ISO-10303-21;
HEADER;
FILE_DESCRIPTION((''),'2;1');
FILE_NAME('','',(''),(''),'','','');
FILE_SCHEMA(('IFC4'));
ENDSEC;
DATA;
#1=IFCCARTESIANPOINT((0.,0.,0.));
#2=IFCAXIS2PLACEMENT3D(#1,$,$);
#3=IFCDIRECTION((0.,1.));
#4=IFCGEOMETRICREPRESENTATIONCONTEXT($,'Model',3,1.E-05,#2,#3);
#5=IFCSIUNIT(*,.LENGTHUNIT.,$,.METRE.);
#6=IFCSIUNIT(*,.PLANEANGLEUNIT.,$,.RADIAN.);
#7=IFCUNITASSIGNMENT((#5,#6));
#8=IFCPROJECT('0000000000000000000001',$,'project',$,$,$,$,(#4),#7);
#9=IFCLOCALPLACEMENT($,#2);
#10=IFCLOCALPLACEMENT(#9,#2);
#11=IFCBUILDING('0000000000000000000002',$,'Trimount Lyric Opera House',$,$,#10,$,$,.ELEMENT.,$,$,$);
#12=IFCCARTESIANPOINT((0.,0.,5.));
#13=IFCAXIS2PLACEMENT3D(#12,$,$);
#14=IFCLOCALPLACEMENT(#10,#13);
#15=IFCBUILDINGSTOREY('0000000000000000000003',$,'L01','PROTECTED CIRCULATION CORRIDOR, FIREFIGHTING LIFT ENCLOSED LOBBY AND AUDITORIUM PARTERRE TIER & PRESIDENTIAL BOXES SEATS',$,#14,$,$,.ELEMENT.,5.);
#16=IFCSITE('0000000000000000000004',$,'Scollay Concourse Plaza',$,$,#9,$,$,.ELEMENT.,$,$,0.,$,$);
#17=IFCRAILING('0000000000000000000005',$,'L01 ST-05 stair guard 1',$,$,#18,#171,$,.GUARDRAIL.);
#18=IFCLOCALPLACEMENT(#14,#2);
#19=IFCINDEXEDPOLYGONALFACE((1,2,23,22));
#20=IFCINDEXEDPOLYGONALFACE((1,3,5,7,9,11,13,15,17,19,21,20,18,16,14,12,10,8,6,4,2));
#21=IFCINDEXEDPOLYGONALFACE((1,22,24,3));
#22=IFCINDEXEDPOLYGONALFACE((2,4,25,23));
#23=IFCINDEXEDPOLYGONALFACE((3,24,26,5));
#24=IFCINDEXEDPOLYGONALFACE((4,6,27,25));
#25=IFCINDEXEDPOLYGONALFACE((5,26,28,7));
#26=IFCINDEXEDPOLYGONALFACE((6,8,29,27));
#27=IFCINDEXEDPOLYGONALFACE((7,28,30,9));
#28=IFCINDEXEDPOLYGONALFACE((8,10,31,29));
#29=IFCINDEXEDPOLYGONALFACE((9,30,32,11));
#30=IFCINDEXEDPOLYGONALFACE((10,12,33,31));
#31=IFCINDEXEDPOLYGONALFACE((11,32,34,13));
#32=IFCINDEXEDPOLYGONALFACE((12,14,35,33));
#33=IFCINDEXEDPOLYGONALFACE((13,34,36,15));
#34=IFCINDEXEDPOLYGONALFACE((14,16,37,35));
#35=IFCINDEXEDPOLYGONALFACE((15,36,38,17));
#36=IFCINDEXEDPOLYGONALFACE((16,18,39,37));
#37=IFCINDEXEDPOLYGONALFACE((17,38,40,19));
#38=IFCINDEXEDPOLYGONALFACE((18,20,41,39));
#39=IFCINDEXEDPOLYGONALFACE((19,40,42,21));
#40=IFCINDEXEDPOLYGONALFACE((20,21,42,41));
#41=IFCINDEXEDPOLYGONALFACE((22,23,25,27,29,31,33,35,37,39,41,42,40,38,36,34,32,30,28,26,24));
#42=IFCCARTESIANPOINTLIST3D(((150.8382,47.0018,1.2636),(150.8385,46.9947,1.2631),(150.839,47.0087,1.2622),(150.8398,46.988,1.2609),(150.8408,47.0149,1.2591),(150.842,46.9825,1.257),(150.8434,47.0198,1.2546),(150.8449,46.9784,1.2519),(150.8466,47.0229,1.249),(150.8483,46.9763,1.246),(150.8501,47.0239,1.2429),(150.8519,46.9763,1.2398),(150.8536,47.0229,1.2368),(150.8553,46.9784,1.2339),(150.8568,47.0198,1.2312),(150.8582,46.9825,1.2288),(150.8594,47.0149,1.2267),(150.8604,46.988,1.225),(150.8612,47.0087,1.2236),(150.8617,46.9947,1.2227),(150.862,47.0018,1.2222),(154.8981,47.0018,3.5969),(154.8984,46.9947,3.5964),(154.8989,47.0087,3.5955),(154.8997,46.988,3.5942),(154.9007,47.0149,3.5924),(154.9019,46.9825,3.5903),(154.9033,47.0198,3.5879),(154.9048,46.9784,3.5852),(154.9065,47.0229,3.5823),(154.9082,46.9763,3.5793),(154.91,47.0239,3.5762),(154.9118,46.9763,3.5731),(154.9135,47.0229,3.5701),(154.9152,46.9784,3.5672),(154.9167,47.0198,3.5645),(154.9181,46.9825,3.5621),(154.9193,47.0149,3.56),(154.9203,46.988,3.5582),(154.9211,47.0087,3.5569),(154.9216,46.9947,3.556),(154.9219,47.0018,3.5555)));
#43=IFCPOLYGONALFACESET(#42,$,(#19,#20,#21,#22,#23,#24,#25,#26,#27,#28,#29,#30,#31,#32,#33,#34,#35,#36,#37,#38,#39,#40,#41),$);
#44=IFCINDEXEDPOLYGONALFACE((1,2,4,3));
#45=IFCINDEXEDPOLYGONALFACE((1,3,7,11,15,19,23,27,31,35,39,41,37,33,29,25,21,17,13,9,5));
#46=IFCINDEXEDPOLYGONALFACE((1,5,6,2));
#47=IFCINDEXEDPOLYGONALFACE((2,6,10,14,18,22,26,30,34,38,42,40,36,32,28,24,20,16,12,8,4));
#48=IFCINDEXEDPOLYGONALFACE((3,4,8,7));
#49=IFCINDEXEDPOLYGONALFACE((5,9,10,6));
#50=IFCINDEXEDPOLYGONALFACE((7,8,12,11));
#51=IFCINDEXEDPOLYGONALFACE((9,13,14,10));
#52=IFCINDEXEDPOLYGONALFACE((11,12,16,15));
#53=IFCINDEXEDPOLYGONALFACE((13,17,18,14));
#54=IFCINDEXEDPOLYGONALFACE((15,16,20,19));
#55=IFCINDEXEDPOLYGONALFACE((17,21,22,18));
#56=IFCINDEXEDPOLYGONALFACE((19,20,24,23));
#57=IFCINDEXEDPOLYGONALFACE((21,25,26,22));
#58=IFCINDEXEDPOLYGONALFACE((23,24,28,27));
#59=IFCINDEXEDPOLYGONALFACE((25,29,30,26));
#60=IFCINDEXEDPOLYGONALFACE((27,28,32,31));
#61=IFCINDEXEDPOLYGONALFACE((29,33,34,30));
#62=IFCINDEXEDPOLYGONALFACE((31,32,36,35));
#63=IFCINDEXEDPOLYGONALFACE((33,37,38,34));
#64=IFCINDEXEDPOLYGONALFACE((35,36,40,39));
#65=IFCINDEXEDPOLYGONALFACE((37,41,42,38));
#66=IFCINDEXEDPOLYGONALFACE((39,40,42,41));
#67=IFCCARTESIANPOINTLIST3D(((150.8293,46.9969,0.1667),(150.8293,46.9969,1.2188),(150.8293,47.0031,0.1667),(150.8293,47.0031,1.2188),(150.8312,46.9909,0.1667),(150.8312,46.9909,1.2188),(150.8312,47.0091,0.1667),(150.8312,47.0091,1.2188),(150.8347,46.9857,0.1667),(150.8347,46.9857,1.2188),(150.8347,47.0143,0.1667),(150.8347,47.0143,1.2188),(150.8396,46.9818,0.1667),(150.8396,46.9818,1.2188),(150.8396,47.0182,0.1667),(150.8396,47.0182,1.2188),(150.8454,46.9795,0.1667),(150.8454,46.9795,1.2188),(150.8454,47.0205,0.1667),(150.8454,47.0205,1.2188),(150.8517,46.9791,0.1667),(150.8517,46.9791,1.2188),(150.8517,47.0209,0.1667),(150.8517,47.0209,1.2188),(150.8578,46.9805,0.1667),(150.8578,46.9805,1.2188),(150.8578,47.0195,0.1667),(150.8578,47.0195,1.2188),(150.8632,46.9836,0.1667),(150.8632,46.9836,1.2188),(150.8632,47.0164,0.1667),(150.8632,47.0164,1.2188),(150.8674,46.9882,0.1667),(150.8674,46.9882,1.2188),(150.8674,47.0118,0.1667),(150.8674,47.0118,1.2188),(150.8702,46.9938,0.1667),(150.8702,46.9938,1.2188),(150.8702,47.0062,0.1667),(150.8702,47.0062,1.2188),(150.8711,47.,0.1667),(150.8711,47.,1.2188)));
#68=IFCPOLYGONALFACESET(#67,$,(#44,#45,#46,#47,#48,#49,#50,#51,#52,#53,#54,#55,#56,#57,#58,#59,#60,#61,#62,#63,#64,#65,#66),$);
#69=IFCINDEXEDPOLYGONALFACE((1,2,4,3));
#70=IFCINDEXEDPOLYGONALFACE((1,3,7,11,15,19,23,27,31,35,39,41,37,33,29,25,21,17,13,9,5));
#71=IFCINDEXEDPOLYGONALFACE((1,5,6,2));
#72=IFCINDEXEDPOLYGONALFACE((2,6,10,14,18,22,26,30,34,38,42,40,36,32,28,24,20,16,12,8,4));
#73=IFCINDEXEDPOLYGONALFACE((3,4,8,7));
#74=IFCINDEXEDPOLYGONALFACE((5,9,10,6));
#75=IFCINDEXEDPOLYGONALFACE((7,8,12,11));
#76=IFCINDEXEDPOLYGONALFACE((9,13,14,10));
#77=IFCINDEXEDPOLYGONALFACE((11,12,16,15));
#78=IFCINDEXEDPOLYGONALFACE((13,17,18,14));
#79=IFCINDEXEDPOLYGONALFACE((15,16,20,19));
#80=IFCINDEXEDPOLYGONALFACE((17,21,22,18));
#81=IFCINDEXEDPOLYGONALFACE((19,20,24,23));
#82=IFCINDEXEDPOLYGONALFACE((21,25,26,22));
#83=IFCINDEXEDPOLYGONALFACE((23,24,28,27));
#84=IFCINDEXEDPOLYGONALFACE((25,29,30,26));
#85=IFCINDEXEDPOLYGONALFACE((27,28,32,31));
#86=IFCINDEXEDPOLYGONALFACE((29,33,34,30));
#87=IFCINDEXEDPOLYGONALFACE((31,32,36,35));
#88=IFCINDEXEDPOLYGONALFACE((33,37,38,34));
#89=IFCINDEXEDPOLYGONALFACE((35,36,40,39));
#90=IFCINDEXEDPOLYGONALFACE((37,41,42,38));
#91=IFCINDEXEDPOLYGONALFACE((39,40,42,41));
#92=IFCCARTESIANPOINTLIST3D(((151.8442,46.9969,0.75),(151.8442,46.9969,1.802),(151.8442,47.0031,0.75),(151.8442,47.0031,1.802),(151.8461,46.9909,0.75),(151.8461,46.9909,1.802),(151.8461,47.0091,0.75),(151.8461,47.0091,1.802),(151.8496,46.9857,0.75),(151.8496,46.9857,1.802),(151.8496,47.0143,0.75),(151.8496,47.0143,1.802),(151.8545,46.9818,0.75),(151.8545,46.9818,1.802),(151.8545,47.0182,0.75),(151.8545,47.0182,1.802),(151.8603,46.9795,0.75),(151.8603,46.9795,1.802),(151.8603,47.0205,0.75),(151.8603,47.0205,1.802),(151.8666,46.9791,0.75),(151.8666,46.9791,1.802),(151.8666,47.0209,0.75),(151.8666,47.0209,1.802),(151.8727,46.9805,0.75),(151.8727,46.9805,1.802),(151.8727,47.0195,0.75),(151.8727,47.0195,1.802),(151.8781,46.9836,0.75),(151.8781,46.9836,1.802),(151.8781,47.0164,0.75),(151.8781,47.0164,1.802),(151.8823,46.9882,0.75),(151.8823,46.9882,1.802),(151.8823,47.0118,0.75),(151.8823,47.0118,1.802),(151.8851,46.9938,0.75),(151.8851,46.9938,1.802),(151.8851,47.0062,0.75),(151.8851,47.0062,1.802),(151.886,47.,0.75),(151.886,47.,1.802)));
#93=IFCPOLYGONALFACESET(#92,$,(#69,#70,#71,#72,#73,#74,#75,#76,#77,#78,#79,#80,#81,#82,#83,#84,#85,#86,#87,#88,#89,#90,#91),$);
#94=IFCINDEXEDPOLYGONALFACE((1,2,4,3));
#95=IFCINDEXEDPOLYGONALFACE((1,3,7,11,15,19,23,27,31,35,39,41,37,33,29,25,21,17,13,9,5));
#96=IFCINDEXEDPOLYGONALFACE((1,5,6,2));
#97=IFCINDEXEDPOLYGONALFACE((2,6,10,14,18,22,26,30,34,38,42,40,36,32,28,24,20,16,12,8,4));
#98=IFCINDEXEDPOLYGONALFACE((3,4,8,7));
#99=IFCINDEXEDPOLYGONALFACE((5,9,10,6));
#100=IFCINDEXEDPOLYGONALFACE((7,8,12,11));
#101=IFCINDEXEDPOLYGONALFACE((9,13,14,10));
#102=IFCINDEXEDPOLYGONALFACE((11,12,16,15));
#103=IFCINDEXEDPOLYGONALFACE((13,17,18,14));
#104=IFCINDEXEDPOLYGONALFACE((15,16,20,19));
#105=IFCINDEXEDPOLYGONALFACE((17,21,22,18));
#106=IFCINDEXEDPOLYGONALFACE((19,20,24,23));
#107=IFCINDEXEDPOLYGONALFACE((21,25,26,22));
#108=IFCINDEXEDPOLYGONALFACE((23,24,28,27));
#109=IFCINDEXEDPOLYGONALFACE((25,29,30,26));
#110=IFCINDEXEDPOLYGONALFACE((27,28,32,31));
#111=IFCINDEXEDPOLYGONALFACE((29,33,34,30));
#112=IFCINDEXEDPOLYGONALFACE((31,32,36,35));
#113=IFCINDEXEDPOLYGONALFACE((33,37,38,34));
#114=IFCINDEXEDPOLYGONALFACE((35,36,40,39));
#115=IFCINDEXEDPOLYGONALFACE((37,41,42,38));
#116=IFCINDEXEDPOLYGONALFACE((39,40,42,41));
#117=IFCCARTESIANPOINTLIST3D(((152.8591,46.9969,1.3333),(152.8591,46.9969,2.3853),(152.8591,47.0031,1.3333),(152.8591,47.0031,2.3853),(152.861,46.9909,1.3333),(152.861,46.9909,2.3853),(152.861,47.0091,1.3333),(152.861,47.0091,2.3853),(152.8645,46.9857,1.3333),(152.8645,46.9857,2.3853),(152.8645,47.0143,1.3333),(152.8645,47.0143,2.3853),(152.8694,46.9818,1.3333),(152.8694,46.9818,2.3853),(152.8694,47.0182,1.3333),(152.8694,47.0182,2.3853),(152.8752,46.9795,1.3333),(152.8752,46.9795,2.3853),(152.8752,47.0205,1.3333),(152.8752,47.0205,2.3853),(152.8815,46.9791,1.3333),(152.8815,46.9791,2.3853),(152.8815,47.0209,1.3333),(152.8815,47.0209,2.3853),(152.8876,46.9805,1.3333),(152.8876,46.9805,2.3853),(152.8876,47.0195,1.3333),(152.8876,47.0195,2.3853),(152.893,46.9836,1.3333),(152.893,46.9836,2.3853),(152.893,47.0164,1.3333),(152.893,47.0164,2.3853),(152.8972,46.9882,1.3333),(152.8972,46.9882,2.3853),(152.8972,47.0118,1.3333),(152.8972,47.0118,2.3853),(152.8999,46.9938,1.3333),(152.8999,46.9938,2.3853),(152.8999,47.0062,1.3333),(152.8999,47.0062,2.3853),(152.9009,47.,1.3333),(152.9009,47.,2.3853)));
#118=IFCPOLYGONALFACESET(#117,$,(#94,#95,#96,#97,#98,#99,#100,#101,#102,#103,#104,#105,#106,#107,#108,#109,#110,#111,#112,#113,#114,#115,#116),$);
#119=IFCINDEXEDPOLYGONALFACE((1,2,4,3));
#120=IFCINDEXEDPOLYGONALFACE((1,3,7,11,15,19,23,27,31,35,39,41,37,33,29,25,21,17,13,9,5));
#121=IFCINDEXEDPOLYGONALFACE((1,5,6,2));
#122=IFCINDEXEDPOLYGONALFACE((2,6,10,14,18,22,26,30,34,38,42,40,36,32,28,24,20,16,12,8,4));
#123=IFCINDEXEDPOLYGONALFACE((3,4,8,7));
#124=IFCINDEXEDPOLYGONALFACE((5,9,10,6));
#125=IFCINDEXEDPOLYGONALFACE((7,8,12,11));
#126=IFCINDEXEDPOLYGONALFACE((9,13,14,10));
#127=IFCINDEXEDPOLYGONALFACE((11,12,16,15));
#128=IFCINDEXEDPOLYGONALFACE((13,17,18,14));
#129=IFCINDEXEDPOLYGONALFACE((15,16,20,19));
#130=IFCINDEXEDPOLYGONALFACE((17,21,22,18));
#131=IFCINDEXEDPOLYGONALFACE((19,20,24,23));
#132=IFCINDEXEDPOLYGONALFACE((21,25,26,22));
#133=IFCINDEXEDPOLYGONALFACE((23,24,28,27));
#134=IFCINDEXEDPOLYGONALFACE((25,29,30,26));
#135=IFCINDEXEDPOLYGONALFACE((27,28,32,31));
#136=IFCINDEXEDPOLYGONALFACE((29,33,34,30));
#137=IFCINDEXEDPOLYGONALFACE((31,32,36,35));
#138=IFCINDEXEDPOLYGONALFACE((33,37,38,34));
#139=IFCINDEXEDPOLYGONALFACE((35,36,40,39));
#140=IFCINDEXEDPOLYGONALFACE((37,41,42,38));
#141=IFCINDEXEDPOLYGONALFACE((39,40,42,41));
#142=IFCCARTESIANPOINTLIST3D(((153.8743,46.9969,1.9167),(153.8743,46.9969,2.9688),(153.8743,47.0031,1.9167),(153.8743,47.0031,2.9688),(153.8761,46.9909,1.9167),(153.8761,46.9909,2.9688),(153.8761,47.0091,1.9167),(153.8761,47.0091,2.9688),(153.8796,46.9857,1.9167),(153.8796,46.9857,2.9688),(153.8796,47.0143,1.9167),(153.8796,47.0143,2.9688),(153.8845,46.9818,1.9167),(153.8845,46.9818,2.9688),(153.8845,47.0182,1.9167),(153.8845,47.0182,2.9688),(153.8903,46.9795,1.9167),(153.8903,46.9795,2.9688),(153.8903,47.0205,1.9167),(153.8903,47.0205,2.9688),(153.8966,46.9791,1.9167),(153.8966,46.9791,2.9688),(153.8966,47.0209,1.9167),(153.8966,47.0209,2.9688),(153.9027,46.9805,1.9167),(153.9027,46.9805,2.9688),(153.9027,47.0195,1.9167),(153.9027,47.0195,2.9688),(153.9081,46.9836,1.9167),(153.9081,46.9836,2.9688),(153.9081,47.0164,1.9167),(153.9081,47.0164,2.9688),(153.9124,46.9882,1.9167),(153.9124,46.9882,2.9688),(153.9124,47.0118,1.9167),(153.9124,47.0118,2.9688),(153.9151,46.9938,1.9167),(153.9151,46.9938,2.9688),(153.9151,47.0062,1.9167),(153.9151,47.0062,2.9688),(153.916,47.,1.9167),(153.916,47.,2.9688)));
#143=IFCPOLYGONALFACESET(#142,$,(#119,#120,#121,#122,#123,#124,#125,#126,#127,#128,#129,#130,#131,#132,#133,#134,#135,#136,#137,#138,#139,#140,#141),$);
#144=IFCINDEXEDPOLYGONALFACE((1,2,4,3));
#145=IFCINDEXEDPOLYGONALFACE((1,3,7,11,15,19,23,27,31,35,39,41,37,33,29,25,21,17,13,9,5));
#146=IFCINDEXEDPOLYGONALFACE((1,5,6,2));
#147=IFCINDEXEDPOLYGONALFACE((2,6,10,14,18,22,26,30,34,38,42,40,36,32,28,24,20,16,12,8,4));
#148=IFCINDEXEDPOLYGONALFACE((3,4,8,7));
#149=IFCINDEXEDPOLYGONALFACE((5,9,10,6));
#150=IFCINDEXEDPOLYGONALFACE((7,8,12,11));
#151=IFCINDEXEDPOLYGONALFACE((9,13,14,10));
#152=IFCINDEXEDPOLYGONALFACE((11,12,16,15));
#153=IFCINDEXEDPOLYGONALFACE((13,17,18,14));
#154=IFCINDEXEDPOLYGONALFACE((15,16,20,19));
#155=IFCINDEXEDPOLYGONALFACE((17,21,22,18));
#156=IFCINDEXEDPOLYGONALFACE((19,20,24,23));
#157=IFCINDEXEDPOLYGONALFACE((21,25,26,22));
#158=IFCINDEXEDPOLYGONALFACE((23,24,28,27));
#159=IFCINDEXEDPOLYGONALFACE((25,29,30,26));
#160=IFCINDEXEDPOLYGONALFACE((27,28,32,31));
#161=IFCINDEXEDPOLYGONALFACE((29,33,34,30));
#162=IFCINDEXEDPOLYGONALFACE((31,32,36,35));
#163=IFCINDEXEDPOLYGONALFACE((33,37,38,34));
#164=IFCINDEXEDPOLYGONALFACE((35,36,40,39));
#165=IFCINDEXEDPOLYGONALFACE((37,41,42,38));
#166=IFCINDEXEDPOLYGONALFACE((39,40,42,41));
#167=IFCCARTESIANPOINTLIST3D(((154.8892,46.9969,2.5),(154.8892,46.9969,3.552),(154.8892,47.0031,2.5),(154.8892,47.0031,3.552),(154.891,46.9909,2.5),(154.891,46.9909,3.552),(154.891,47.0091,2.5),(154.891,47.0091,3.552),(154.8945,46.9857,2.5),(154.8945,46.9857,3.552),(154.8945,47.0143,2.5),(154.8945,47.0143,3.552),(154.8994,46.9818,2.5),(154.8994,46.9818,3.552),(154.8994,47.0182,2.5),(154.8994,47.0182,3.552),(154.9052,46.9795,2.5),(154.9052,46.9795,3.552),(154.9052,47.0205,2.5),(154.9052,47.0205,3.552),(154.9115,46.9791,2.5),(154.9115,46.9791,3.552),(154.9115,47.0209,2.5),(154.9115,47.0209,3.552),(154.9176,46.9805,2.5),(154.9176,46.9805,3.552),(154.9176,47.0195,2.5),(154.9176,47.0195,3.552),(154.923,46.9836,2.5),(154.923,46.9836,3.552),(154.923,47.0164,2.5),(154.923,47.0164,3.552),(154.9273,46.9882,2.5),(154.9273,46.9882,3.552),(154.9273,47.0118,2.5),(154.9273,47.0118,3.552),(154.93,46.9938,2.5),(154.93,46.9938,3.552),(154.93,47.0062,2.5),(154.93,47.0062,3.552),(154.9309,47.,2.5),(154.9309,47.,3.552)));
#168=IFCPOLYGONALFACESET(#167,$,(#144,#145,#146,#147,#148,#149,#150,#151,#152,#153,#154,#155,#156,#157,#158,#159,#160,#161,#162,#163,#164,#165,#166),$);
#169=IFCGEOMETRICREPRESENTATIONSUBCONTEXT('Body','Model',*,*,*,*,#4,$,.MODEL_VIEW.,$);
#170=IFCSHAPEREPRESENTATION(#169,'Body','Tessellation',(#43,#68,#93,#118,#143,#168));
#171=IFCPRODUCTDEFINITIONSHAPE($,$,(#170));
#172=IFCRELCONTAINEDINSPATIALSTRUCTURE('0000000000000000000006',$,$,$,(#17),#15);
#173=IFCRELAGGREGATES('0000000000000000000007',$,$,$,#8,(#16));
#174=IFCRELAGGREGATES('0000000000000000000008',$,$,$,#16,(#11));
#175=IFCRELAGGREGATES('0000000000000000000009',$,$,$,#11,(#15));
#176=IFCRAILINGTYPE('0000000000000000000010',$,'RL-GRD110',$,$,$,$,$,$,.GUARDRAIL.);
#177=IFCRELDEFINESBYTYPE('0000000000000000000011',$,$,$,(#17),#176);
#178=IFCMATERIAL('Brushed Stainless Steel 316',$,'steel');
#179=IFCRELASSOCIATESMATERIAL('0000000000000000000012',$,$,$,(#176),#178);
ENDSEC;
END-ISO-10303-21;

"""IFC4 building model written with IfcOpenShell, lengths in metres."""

from ifc_helpers import new_model, si_unit, direction, frame, origin, origin_2d, place, context, subcontext, project, spatial, circle, extrude, material, type_object, element, save


model = new_model("IFC4")

# Units and contexts
model_context = context("Model", 3, precision=1e-05, world=origin(), true_north=direction((0.0, 1.0)))
body_context = subcontext(model_context, "Body", "Model", "MODEL_VIEW")
ifc_project = project(units=[si_unit("LENGTHUNIT", "METRE"), si_unit("PLANEANGLEUNIT", "RADIAN")], contexts=[model_context])

# Site, building, storey
site_placement = place(None, origin())
site = spatial("IfcSite", under=ifc_project, at=site_placement, Name="Scollay Concourse Plaza", CompositionType="ELEMENT", RefElevation=0.0)
building_placement = place(site_placement, origin())
building = spatial("IfcBuilding", under=site, at=building_placement, Name="Trimount Lyric Opera House", CompositionType="ELEMENT")
storey_placement = place(building_placement, frame((0.0, 0.0, 5.0)))
storey = spatial("IfcBuildingStorey", under=building, at=storey_placement, Name="L01", Description="PROTECTED CIRCULATION CORRIDOR, FIREFIGHTING LIFT ENCLOSED LOBBY AND AUDITORIUM PARTERRE TIER & PRESIDENTIAL BOXES SEATS", CompositionType="ELEMENT", Elevation=5.0)

# Railing
ifc_material_1 = material(Name="Brushed Stainless Steel 316", Category="steel")
railing_type_1 = type_object("IfcRailingType", Name="RL-GRD110", PredefinedType="GUARDRAIL", material=ifc_material_1)
railing_1_placement = place(storey_placement, frame((150.8501, 47.0, 0.1667)))
element("IfcRailing", 1, at=railing_1_placement, inside=storey, type_object=railing_type_1, Name="L01 ST-05 stair guard 1", PredefinedType="GUARDRAIL", context=body_context, shape_type="SweptSolid", body=[
    extrude(circle(Radius=0.0239, at=origin_2d()), frame((0.0, 0.0, 1.0762), z_axis=(0.867012, 0.0, 0.498288), x_axis=(0.0, 1.0, 0.0)), (0.0, 0.0, 1.0), 4.6826),
    extrude(circle(Radius=0.021, at=origin_2d()), origin(), (0.0, 0.0, 1.0), 1.052),
    extrude(circle(Radius=0.021, at=origin_2d()), frame((1.0149, 0.0, 0.5833)), (0.0, 0.0, 1.0), 1.052),
    extrude(circle(Radius=0.021, at=origin_2d()), frame((2.0298, 0.0, 1.1665)), (0.0, 0.0, 1.0), 1.052),
    extrude(circle(Radius=0.021, at=origin_2d()), frame((3.0449, 0.0, 1.75)), (0.0, 0.0, 1.0), 1.052),
    extrude(circle(Radius=0.021, at=origin_2d()), frame((4.0598, 0.0, 2.3333)), (0.0, 0.0, 1.0), 1.052),
])

save(model, "model.ifc")
